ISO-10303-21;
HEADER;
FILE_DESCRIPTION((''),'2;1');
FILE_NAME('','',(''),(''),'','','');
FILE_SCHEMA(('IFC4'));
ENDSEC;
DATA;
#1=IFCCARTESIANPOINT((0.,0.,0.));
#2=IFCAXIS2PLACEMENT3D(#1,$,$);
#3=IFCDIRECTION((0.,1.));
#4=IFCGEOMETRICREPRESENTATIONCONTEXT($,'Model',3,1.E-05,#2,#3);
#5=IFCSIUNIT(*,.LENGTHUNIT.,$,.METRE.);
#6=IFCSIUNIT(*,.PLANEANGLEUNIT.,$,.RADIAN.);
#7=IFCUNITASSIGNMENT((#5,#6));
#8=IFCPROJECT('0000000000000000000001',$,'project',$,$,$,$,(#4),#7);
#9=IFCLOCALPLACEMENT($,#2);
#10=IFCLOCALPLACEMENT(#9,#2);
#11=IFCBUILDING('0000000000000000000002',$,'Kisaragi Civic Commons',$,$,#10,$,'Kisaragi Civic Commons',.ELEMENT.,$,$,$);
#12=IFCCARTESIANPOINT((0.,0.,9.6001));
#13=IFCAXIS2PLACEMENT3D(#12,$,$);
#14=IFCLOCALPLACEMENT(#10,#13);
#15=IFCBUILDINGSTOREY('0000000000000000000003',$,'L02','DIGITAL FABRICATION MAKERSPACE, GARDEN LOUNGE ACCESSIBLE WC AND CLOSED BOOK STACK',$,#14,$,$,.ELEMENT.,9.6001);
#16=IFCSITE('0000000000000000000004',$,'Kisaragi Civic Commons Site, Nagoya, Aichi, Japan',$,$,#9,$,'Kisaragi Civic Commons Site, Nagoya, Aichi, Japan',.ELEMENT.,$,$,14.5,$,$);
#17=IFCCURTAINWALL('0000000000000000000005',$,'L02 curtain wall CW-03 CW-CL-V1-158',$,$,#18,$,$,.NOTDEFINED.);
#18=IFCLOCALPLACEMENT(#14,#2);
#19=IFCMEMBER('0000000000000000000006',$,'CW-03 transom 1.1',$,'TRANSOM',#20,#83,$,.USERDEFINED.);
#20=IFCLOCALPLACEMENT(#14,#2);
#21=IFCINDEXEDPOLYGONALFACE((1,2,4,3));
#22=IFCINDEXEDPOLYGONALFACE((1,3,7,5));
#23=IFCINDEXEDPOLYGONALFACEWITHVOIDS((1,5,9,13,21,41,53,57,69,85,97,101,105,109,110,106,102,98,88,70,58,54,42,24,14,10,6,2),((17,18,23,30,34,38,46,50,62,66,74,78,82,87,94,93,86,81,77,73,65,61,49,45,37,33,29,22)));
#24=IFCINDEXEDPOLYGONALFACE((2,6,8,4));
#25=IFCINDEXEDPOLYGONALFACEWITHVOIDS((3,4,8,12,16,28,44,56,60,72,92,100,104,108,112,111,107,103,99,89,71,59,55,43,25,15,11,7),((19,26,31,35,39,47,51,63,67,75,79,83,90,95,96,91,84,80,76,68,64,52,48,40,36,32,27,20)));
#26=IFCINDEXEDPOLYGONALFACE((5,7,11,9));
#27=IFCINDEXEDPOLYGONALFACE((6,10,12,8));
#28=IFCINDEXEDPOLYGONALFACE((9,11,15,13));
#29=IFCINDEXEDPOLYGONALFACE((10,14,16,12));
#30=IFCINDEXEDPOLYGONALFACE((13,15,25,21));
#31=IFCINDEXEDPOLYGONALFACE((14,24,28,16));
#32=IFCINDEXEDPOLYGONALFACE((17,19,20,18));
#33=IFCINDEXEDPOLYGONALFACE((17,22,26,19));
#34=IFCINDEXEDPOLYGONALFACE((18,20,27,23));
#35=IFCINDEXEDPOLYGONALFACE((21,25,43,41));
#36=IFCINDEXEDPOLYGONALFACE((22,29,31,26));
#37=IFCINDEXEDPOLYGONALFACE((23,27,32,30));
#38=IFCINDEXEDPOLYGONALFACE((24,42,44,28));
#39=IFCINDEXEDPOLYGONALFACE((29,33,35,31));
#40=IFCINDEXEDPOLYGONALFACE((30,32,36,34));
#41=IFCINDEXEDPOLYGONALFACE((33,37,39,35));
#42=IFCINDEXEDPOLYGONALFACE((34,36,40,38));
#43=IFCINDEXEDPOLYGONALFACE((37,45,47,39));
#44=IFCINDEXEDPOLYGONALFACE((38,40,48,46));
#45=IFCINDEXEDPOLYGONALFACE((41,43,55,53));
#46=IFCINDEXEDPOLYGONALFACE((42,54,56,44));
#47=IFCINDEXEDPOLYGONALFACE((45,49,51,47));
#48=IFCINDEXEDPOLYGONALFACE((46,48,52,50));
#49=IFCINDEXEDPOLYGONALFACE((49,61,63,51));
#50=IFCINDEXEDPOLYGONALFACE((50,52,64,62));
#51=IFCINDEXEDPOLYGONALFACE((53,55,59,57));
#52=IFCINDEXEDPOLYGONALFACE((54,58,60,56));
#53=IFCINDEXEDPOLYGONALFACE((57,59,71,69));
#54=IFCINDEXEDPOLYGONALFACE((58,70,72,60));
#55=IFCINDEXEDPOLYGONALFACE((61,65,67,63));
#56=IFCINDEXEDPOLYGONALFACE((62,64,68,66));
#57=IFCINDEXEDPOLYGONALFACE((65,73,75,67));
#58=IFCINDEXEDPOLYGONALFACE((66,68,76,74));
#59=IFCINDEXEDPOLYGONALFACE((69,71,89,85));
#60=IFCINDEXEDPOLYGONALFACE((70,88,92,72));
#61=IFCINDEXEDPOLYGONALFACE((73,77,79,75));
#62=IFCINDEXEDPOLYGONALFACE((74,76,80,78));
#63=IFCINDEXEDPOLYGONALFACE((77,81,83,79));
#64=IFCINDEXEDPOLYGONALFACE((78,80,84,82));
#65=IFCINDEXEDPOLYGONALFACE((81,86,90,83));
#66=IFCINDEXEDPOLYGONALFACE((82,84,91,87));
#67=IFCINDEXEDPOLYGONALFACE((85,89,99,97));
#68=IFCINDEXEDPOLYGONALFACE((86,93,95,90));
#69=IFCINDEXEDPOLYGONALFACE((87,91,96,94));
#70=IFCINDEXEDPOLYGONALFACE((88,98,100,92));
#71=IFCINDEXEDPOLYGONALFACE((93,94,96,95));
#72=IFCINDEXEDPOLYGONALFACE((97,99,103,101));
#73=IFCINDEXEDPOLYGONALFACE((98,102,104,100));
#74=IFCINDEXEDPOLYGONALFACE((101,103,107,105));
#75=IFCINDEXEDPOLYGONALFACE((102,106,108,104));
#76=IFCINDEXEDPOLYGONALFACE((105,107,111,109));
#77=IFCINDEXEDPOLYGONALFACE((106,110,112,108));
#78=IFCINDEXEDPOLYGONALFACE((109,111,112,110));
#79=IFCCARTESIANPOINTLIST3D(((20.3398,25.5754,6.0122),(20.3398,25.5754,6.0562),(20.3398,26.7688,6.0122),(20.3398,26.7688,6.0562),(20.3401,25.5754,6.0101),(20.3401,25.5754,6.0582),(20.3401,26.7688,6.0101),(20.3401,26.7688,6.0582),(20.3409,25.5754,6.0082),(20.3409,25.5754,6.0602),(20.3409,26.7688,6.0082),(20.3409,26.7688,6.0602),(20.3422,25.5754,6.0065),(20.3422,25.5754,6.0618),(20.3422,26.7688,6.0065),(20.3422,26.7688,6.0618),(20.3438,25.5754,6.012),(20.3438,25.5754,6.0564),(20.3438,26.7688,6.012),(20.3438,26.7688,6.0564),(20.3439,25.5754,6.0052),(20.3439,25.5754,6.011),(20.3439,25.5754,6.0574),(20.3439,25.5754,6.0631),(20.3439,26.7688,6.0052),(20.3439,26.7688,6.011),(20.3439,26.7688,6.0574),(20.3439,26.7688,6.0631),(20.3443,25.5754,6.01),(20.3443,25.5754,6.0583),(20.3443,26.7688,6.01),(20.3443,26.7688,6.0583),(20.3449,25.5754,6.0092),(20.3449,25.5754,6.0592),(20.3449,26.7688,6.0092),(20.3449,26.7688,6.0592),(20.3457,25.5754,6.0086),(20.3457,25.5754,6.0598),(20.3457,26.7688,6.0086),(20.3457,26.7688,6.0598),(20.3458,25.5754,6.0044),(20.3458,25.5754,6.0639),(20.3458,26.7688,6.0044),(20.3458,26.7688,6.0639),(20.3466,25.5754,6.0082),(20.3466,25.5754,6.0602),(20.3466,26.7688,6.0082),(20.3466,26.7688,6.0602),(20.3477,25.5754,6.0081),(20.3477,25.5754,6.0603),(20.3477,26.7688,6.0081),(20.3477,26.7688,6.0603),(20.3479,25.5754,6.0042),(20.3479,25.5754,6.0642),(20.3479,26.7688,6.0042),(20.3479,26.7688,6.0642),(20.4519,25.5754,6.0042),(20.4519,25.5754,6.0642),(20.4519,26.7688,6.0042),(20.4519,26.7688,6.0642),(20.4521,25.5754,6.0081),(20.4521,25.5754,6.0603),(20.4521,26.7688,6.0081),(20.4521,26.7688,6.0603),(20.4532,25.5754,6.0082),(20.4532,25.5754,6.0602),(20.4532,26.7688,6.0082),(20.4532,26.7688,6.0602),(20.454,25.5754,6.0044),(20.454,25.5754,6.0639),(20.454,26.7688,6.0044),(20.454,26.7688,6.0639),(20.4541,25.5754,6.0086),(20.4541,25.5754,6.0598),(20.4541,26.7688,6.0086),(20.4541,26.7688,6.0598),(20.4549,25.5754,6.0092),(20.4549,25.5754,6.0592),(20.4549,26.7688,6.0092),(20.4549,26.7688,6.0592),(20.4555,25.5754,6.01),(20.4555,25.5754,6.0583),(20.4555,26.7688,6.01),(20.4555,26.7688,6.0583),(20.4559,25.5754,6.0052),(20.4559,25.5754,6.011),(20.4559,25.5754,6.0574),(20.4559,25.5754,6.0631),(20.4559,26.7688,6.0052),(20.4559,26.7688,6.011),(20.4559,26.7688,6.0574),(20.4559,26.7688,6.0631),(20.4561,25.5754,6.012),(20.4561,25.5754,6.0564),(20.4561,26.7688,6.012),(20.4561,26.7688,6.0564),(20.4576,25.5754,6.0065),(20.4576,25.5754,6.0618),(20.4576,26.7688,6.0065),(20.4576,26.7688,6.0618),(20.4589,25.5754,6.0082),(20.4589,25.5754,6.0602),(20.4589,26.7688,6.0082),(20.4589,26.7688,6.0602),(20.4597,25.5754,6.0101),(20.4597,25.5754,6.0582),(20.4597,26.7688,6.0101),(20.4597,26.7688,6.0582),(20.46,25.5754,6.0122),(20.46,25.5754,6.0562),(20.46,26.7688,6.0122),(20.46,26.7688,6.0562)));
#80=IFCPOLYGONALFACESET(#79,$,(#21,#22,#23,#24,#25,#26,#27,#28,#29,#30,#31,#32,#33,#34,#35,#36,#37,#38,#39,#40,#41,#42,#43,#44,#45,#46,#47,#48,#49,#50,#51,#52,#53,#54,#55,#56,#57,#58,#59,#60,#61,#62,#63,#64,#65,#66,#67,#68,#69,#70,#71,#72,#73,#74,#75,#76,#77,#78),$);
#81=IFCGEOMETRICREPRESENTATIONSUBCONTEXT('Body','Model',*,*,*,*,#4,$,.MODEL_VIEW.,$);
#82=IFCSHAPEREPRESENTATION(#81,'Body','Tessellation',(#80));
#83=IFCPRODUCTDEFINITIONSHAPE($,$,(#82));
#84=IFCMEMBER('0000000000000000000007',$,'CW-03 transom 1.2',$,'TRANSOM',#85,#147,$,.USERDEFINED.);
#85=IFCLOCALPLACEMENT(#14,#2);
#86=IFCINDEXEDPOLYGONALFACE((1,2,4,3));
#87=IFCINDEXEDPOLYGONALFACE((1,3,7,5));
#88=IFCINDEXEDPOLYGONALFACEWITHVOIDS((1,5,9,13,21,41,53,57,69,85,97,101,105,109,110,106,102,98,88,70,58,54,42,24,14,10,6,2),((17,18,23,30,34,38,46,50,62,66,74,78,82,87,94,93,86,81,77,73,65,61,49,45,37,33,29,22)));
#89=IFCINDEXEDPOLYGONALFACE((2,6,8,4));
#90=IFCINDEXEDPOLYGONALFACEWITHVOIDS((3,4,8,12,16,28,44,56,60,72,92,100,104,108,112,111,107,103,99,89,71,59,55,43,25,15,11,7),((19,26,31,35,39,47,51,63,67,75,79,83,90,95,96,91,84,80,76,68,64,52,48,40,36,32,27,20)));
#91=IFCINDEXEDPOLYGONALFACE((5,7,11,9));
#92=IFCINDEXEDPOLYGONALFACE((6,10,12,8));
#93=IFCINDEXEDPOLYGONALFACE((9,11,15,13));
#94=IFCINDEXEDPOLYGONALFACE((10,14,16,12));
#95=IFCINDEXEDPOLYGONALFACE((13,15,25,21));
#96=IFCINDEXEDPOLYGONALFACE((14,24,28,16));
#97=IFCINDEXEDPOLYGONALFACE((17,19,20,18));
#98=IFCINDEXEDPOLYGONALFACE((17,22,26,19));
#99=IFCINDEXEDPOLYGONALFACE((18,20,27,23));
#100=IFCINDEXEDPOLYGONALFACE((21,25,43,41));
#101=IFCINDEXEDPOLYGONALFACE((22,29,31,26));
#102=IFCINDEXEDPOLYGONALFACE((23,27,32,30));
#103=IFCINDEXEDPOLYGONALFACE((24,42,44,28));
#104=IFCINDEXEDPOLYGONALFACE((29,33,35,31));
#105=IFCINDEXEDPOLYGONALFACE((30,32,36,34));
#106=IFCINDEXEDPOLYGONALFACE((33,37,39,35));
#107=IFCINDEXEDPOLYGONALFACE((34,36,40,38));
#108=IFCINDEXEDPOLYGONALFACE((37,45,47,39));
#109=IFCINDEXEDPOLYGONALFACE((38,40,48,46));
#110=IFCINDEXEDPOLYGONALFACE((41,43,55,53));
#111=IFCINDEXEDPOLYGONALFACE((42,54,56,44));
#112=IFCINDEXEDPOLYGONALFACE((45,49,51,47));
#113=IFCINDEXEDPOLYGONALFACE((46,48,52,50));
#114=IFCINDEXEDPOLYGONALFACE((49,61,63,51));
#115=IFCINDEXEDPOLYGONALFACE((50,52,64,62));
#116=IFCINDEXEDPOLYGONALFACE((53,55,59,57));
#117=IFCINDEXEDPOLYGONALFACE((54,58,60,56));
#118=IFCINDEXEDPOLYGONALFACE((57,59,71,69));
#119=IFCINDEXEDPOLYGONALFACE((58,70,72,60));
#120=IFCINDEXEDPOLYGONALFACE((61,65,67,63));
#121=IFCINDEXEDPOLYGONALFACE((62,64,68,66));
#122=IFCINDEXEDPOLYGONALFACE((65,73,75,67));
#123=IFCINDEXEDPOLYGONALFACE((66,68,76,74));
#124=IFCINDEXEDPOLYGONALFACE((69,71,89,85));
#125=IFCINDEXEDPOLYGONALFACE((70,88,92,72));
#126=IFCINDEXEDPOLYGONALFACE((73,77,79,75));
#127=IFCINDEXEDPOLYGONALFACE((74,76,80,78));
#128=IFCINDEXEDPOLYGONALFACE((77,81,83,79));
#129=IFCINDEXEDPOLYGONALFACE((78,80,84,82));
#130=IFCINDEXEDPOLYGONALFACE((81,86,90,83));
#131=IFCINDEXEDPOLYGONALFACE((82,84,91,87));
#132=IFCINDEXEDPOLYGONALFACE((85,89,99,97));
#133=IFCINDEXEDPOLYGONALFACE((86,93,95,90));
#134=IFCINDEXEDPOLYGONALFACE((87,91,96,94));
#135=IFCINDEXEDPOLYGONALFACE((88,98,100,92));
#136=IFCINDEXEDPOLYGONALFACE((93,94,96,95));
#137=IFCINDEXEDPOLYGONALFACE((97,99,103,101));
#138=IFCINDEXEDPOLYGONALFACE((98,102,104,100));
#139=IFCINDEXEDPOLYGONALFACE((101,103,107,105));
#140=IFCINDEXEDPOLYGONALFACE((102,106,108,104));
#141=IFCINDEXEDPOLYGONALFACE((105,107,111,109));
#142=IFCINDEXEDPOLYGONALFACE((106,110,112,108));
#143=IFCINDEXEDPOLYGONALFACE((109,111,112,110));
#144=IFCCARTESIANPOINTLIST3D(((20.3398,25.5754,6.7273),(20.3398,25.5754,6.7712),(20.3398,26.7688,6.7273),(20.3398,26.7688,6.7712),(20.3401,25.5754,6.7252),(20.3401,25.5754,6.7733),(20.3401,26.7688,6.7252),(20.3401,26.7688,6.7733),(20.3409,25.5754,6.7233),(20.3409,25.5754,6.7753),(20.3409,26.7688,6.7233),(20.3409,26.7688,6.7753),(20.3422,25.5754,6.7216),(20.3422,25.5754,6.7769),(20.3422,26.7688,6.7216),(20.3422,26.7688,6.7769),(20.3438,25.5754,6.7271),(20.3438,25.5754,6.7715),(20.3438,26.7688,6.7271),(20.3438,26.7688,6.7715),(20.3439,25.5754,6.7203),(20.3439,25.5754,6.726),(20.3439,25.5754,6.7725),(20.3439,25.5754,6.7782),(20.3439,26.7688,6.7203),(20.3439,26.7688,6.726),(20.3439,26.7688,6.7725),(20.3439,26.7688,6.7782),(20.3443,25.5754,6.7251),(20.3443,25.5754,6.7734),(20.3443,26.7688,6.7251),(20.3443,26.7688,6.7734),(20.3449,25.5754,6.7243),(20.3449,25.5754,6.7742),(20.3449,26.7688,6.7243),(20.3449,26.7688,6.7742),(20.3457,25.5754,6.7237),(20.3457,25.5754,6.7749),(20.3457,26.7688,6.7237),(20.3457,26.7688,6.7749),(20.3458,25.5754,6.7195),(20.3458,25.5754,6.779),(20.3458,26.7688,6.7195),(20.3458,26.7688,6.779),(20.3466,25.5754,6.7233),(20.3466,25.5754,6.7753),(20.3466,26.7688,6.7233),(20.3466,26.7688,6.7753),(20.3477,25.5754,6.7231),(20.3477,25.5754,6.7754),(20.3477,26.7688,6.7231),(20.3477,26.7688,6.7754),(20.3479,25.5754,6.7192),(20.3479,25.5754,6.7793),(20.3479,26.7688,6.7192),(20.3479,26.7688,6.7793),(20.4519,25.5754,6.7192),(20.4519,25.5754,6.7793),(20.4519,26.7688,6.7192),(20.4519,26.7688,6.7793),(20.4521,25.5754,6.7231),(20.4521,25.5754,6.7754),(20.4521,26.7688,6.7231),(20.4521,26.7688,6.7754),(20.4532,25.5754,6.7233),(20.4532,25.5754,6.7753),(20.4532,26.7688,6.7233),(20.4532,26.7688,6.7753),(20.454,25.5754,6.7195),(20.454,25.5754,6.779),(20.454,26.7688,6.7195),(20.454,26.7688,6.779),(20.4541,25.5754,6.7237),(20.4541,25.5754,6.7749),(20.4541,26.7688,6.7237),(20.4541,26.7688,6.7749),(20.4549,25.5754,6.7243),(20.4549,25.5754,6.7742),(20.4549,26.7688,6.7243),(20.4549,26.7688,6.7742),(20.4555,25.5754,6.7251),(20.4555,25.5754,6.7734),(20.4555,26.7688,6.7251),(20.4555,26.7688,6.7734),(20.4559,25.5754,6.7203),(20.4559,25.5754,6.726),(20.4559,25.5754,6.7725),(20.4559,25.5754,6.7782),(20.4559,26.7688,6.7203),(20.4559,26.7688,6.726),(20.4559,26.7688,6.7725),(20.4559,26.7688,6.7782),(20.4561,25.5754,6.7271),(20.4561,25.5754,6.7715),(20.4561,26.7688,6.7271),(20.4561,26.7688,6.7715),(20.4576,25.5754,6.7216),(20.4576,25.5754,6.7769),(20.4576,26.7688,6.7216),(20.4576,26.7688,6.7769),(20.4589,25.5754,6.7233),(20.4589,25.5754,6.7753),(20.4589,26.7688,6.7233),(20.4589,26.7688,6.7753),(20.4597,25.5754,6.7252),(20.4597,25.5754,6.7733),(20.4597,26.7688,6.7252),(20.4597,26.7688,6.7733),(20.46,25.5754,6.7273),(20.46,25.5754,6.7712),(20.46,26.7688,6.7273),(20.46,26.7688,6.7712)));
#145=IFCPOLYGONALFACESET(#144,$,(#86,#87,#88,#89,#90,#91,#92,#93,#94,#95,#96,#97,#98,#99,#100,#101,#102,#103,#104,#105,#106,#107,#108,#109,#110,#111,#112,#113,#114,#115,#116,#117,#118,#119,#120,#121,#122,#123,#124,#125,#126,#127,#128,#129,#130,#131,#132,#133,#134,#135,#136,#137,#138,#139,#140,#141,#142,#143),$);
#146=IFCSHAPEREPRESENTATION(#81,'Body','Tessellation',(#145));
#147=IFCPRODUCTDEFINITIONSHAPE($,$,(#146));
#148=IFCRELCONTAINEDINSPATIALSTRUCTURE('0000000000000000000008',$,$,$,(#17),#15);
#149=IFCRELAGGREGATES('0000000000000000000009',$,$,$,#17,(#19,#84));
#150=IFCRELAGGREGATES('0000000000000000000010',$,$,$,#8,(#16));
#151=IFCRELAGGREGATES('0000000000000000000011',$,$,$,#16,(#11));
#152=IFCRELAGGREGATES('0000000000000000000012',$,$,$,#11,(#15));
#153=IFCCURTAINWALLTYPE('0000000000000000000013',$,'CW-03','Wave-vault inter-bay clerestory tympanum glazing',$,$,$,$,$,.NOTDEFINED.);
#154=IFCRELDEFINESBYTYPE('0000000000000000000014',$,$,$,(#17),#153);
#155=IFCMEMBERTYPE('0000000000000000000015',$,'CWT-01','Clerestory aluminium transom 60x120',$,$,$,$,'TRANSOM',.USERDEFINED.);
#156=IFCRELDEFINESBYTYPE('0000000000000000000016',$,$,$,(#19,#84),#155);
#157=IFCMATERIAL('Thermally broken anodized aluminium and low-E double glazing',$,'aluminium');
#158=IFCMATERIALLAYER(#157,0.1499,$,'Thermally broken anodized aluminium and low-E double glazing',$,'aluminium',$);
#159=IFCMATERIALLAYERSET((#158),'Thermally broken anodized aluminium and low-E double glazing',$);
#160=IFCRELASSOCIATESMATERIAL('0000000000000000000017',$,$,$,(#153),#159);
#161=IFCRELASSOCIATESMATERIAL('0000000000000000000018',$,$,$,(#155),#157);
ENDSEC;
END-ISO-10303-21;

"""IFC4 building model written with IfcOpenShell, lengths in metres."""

from ifc_helpers import new_model, si_unit, direction, frame, origin, origin_2d, place, context, subcontext, project, spatial, hollow_rectangle, extrude, material, layer, layer_set, material_profile, profile_set, type_object, element, aggregate, save


model = new_model("IFC4")

# Units and contexts
model_context = context("Model", 3, precision=1e-05, world=origin(), true_north=direction((0.0, 1.0)))
body_context = subcontext(model_context, "Body", "Model", "MODEL_VIEW")
ifc_project = project(units=[si_unit("LENGTHUNIT", "METRE"), si_unit("PLANEANGLEUNIT", "RADIAN")], contexts=[model_context])

# Site, building, storey
site_placement = place(None, origin())
site = spatial("IfcSite", under=ifc_project, at=site_placement, Name="Kisaragi Civic Commons Site, Nagoya, Aichi, Japan", LongName="Kisaragi Civic Commons Site, Nagoya, Aichi, Japan", CompositionType="ELEMENT", RefElevation=14.5)
building_placement = place(site_placement, origin())
building = spatial("IfcBuilding", under=site, at=building_placement, Name="Kisaragi Civic Commons", LongName="Kisaragi Civic Commons", CompositionType="ELEMENT")
storey_placement = place(building_placement, frame((0.0, 0.0, 9.6001)))
storey = spatial("IfcBuildingStorey", under=building, at=storey_placement, Name="L02", Description="DIGITAL FABRICATION MAKERSPACE, GARDEN LOUNGE ACCESSIBLE WC AND CLOSED BOOK STACK", CompositionType="ELEMENT", Elevation=9.6001)

# Curtain wall, members
ifc_material_1 = material(Name="Thermally broken anodized aluminium and low-E double glazing", Category="aluminium")
ifc_layer_1 = layer(ifc_material_1, 0.1499, Name="Thermally broken anodized aluminium and low-E double glazing", Category="aluminium")
ifc_layer_set_1 = layer_set([ifc_layer_1], Name="Thermally broken anodized aluminium and low-E double glazing")
curtain_wall_type = type_object("IfcCurtainWallType", Name="CW-03", Description="Wave-vault inter-bay clerestory tympanum glazing", PredefinedType="NOTDEFINED", material=ifc_layer_set_1)
curtain_wall_placement = place(storey_placement, origin())
curtain_wall = element("IfcCurtainWall", 1, at=curtain_wall_placement, inside=storey, type_object=curtain_wall_type, Name="L02 curtain wall CW-03 CW-CL-V1-158", PredefinedType="NOTDEFINED")
ifc_material_profile_1 = material_profile(ifc_material_1, hollow_rectangle(XDim=0.1201, YDim=0.0601, WallThickness=0.0039, InnerFilletRadius=0.0039, OuterFilletRadius=0.0081, at=origin_2d()), Name="CWT-60x120x4", Category="aluminium")
ifc_profile_set_1 = profile_set([ifc_material_profile_1], Name="Thermally broken anodized aluminium and low-E double glazing")
member_type_1 = type_object("IfcMemberType", Name="CWT-01", Description="Clerestory aluminium transom 60x120", ElementType="TRANSOM", PredefinedType="USERDEFINED", material=ifc_profile_set_1)
member_1_placement = place(storey_placement, frame((20.3999, 25.5754, 6.0342), z_axis=(0.0, 1.0, 0.0), x_axis=(-1.0, 0.0, 0.0)))
member_1 = element("IfcMember", 2, at=member_1_placement, type_object=member_type_1, Name="CW-03 transom 1.1", ObjectType="TRANSOM", PredefinedType="USERDEFINED", context=body_context, shape_type="SweptSolid", body=[
    extrude(hollow_rectangle(XDim=0.1201, YDim=0.0601, WallThickness=0.0039, InnerFilletRadius=0.0039, OuterFilletRadius=0.0081, at=origin_2d()), origin(), (0.0, 0.0, 1.0), 1.1934),
])
member_2_placement = place(storey_placement, frame((20.3999, 25.5754, 6.7493), z_axis=(0.0, 1.0, 0.0), x_axis=(-1.0, 0.0, 0.0)))
member_2 = element("IfcMember", 3, at=member_2_placement, type_object=member_type_1, Name="CW-03 transom 1.2", ObjectType="TRANSOM", PredefinedType="USERDEFINED", context=body_context, shape_type="SweptSolid", body=[
    extrude(hollow_rectangle(XDim=0.1201, YDim=0.0601, WallThickness=0.0039, InnerFilletRadius=0.0039, OuterFilletRadius=0.0081, at=origin_2d()), origin(), (0.0, 0.0, 1.0), 1.1934),
])

aggregate(curtain_wall, [member_1, member_2])

save(model, "model.ifc")
